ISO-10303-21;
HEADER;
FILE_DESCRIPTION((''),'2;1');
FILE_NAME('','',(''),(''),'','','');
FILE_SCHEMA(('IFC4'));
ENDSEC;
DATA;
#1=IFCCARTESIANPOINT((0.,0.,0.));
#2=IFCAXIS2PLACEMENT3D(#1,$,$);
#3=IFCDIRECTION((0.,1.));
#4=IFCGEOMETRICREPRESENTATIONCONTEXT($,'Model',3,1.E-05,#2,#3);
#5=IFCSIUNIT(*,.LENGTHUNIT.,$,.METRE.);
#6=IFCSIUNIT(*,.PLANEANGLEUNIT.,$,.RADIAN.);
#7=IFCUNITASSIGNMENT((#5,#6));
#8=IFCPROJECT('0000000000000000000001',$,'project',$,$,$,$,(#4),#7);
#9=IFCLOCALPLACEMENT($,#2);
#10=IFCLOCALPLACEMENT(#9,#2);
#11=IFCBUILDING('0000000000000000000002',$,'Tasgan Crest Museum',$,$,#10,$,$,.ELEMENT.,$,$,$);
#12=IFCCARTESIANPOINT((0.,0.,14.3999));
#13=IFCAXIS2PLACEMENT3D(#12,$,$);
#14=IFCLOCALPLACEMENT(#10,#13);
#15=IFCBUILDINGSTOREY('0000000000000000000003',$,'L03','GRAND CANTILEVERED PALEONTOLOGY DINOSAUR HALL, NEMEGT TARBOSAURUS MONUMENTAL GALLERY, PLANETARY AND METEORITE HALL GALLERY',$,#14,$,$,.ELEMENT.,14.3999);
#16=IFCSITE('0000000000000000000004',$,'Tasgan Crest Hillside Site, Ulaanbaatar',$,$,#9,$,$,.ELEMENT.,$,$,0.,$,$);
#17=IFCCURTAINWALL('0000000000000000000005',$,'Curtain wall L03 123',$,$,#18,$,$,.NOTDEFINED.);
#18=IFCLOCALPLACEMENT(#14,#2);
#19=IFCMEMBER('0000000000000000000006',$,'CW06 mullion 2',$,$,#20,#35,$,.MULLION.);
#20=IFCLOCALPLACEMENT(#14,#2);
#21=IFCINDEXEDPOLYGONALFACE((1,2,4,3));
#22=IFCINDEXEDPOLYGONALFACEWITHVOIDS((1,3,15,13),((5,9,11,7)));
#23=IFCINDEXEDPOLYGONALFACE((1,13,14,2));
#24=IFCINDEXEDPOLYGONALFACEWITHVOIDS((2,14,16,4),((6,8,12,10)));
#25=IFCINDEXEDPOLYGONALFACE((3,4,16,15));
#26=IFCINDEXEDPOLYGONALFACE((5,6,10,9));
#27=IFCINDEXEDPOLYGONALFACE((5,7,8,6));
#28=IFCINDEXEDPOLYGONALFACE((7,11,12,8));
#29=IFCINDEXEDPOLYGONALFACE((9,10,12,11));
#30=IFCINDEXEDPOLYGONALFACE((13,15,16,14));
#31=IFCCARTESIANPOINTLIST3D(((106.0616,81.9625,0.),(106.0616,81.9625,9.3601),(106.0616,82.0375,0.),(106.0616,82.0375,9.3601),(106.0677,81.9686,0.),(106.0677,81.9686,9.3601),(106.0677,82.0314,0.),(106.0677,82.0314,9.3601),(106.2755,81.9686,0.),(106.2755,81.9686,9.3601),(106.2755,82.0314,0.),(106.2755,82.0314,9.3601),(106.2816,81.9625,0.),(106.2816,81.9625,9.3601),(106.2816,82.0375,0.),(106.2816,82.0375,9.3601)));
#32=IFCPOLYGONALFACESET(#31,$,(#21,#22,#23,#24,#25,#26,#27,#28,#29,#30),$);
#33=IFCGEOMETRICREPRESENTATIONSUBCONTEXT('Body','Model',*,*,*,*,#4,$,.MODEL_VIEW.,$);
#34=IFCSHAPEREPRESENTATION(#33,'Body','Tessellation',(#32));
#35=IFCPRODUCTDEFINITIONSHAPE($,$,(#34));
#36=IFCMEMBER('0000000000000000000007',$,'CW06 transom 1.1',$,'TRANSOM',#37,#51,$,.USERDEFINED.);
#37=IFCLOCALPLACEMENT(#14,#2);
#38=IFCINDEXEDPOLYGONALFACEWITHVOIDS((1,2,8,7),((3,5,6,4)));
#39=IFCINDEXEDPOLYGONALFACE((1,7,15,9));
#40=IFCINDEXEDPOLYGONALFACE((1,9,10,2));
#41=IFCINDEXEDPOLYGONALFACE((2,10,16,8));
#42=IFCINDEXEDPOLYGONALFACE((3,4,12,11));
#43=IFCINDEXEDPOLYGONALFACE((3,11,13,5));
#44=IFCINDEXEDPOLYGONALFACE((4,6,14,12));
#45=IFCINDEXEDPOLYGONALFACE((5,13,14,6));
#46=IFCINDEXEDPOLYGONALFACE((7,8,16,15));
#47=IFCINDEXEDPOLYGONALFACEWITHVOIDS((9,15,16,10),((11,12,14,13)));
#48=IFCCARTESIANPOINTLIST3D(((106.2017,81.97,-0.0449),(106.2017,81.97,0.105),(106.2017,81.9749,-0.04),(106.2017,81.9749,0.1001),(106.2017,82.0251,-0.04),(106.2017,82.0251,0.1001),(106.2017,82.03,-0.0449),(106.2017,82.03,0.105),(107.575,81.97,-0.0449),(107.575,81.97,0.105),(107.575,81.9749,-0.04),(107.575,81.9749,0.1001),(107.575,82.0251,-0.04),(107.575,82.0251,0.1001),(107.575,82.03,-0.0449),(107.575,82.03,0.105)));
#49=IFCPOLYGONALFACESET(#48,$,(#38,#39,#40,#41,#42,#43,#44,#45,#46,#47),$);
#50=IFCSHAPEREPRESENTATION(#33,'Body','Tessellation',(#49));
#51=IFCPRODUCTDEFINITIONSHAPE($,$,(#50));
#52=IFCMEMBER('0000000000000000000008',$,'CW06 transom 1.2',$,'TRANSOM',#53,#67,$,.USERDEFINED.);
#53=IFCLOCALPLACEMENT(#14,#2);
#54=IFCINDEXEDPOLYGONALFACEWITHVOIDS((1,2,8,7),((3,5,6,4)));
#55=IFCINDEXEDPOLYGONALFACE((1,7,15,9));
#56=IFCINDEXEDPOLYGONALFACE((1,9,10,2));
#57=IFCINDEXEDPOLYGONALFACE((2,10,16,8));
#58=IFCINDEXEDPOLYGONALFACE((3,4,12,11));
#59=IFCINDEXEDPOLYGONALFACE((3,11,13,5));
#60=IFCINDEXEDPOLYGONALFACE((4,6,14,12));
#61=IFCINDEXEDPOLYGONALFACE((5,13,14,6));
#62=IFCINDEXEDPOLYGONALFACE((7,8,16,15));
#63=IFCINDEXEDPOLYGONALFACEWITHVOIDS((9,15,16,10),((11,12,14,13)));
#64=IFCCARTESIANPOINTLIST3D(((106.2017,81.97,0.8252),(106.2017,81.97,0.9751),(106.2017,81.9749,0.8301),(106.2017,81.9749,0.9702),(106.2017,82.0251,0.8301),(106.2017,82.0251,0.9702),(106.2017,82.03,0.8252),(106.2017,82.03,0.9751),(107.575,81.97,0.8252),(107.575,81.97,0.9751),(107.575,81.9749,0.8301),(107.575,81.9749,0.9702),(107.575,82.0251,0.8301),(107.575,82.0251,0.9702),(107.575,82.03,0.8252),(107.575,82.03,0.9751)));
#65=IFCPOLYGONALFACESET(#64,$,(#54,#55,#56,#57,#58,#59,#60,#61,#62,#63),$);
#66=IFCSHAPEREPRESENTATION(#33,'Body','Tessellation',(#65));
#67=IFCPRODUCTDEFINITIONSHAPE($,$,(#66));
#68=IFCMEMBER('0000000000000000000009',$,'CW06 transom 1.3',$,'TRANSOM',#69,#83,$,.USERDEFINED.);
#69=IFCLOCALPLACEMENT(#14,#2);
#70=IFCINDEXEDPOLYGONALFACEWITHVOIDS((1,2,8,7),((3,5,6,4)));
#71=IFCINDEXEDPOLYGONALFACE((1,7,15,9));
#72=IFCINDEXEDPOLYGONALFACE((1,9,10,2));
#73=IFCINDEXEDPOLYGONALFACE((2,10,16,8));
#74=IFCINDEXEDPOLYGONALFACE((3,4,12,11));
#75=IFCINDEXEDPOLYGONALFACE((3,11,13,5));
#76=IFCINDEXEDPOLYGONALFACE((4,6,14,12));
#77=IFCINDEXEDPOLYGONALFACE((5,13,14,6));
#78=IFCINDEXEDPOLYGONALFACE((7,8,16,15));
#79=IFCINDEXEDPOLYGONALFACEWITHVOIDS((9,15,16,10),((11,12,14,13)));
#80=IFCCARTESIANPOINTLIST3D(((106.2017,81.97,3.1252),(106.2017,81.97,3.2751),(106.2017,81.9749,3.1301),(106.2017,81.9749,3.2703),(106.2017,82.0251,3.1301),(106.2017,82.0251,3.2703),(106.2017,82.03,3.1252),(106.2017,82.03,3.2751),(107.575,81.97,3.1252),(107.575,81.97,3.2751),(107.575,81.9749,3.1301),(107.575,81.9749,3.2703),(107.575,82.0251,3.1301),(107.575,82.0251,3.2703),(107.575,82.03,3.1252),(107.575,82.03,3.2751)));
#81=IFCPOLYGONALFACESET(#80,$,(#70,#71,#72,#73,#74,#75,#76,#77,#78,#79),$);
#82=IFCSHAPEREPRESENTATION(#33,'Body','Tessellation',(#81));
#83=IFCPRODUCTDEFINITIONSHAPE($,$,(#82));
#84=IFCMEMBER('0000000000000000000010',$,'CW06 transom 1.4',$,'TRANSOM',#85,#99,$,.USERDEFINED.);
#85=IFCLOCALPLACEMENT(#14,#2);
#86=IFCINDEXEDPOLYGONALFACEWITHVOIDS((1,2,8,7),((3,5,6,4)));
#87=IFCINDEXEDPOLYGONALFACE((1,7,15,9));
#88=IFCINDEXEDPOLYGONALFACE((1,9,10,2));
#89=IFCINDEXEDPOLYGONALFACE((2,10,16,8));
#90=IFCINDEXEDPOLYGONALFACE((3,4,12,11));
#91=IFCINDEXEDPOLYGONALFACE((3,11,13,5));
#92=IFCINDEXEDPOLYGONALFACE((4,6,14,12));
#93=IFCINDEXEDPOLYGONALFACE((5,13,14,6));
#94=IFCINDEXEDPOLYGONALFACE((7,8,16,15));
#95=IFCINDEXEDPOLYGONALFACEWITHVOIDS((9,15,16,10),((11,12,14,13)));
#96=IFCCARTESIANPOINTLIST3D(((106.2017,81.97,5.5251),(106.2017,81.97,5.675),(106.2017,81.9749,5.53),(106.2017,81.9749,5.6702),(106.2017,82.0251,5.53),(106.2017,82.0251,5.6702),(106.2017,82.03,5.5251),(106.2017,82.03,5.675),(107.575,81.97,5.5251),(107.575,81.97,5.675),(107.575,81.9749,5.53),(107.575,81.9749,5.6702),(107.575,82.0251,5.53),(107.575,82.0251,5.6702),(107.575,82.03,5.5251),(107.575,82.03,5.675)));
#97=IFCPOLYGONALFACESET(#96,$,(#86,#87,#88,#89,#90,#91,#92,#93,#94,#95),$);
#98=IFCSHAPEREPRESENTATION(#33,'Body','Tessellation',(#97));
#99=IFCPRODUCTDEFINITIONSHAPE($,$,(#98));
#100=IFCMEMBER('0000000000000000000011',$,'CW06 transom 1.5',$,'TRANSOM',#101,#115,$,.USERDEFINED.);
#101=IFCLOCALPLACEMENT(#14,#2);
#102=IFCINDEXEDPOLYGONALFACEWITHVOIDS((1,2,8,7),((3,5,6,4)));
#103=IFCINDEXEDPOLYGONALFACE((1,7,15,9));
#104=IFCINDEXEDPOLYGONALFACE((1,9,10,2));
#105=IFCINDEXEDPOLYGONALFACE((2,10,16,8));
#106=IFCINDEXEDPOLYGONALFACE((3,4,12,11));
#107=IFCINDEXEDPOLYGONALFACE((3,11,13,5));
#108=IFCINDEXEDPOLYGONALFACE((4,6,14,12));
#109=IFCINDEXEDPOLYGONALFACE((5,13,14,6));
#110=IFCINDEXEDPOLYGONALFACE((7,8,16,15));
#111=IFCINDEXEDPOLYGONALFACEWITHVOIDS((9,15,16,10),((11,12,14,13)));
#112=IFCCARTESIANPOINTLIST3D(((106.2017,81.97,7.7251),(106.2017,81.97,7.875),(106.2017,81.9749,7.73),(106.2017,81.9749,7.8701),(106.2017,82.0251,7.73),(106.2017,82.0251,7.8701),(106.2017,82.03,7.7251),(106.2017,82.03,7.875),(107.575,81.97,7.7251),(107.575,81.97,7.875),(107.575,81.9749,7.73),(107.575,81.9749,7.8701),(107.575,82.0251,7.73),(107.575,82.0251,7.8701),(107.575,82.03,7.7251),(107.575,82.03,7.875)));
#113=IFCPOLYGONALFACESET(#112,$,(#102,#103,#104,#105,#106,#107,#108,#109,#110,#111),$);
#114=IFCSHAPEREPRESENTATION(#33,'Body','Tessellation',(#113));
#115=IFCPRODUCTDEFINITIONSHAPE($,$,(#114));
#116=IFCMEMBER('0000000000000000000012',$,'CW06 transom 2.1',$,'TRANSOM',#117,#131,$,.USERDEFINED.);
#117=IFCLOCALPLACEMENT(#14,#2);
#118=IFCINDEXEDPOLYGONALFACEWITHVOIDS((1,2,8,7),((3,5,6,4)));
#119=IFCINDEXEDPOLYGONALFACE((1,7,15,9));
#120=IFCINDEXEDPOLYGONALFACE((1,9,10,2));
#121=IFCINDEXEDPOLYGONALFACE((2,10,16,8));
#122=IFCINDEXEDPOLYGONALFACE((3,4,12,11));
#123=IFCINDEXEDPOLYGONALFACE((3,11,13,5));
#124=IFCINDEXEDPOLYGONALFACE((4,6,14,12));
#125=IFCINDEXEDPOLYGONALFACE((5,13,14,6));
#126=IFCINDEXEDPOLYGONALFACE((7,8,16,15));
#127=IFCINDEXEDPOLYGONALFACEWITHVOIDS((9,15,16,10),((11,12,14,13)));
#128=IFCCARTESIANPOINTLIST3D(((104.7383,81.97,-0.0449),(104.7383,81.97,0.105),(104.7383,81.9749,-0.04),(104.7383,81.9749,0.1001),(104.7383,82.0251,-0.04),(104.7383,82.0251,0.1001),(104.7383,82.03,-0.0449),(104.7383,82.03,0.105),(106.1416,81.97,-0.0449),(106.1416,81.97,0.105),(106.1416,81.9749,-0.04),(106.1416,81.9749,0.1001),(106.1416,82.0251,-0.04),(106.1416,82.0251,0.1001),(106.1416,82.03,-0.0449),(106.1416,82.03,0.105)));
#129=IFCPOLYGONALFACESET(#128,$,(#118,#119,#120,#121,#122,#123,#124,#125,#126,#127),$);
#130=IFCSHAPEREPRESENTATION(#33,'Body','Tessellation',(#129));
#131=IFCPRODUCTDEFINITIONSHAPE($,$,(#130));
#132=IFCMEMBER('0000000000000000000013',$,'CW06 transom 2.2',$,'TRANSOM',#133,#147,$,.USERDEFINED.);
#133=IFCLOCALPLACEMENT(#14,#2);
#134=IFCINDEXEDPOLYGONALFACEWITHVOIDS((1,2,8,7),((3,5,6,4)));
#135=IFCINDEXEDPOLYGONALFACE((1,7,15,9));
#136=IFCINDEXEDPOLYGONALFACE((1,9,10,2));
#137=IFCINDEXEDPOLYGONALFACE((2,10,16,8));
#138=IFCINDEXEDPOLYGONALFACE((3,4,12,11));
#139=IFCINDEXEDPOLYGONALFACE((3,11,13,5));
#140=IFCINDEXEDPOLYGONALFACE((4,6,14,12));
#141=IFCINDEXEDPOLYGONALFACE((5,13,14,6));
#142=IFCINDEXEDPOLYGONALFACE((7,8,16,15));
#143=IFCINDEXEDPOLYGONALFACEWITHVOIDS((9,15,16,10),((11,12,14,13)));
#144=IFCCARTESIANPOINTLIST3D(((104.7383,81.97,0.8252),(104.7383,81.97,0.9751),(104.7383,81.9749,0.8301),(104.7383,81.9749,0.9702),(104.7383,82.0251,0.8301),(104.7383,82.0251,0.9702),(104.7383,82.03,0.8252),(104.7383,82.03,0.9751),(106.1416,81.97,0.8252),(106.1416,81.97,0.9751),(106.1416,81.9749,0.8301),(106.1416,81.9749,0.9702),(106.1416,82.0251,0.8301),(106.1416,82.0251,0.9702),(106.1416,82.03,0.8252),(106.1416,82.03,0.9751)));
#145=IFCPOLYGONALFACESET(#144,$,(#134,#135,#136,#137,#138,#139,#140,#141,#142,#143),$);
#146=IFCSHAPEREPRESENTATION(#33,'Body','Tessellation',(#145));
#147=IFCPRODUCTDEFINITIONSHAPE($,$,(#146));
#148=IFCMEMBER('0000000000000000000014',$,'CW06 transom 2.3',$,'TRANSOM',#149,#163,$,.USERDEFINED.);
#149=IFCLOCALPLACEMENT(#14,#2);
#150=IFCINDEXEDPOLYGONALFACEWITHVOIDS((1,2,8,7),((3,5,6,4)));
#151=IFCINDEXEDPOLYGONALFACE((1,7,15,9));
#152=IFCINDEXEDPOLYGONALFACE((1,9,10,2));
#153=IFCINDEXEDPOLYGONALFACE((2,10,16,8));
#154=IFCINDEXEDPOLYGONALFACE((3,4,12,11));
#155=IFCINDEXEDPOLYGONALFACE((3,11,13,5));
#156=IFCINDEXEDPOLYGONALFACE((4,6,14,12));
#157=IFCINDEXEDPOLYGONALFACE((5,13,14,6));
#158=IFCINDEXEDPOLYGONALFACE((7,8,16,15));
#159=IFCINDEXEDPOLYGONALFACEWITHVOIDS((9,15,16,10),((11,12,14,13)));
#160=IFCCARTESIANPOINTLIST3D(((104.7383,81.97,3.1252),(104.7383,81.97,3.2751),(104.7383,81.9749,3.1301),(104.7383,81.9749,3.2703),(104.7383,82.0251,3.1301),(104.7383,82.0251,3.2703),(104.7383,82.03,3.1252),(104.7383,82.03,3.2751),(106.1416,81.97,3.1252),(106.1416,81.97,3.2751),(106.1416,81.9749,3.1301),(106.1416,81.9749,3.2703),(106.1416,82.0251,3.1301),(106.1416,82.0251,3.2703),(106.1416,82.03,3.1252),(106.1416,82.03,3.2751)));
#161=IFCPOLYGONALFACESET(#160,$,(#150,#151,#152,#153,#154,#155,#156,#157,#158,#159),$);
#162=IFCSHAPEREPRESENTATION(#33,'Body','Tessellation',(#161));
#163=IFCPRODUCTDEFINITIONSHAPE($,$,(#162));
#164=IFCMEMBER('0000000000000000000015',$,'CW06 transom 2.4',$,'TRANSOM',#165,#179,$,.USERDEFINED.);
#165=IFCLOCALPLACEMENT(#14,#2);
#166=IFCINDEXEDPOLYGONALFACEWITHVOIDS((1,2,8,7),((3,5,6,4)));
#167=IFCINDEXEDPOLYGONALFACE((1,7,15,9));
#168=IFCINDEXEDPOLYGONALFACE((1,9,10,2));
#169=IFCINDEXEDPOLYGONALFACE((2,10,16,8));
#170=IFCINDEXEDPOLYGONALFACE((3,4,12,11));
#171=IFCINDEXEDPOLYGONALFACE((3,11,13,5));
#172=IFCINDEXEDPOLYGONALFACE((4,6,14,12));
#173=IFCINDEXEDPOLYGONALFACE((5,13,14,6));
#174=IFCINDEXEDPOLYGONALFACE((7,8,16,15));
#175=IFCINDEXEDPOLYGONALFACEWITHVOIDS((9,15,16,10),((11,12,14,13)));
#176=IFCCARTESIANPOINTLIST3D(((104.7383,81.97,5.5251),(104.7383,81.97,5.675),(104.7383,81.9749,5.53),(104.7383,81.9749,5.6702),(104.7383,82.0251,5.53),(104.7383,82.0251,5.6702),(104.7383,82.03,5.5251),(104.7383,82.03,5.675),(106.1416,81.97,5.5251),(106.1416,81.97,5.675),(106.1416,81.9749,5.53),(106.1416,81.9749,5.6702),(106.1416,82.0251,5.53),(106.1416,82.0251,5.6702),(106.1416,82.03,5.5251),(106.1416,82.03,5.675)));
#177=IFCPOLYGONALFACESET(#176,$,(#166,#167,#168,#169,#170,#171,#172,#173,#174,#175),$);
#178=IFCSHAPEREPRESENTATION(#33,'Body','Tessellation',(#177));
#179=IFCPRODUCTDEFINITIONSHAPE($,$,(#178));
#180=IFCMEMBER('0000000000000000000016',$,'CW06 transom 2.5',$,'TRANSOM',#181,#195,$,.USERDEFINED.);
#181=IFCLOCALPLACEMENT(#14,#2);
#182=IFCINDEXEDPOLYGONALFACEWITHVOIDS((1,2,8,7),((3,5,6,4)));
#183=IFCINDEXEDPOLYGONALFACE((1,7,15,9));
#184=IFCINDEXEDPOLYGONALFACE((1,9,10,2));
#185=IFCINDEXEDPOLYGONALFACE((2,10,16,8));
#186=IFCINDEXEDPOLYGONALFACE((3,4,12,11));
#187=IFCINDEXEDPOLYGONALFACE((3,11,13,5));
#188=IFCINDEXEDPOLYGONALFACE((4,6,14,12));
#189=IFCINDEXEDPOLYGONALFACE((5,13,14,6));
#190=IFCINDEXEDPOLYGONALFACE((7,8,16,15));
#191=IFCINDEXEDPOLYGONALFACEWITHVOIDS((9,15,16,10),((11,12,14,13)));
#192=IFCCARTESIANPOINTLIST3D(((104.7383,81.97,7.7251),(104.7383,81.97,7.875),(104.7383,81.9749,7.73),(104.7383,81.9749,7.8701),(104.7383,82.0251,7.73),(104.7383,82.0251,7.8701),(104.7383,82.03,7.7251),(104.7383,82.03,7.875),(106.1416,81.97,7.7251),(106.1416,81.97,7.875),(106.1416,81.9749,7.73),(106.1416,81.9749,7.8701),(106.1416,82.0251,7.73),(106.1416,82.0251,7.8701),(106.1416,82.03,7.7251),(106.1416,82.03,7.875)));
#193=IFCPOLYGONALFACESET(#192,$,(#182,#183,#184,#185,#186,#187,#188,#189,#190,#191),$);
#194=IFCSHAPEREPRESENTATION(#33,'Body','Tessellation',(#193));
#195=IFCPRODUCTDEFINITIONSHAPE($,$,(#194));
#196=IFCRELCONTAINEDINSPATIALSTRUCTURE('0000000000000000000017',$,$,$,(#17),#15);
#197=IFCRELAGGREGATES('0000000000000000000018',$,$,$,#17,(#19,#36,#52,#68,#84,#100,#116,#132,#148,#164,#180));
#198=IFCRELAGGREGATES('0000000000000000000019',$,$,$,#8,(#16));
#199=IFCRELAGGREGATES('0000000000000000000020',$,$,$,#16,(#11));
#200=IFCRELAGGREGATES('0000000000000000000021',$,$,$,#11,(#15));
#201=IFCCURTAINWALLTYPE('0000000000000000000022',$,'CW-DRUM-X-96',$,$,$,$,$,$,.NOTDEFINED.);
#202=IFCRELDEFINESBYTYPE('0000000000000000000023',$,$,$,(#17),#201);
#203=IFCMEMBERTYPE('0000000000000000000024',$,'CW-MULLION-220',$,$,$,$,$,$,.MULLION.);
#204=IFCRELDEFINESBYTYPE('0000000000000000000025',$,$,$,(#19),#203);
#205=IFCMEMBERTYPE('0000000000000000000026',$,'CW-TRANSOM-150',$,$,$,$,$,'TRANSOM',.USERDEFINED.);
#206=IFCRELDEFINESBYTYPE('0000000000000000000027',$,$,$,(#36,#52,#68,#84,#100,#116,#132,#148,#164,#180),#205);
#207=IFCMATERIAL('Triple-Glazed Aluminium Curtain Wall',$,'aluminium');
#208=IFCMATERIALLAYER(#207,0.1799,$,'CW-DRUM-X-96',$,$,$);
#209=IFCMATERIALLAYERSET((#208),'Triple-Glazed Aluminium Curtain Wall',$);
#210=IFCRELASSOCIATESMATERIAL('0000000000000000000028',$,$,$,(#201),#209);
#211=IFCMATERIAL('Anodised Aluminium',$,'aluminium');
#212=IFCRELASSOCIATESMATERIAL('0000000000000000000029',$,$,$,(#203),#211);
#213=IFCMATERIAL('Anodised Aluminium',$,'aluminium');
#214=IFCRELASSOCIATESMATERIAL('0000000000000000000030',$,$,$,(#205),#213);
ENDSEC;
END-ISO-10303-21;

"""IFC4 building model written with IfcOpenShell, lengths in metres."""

from ifc_helpers import new_model, si_unit, direction, frame, origin, origin_2d, place, context, subcontext, project, spatial, hollow_rectangle, extrude, material, layer, layer_set, material_profile, profile_set, type_object, element, aggregate, save


model = new_model("IFC4")

# Units and contexts
model_context = context("Model", 3, precision=1e-05, world=origin(), true_north=direction((0.0, 1.0)))
body_context = subcontext(model_context, "Body", "Model", "MODEL_VIEW")
ifc_project = project(units=[si_unit("LENGTHUNIT", "METRE"), si_unit("PLANEANGLEUNIT", "RADIAN")], contexts=[model_context])

# Site, building, storey
site_placement = place(None, origin())
site = spatial("IfcSite", under=ifc_project, at=site_placement, Name="Tasgan Crest Hillside Site, Ulaanbaatar", CompositionType="ELEMENT", RefElevation=0.0)
building_placement = place(site_placement, origin())
building = spatial("IfcBuilding", under=site, at=building_placement, Name="Tasgan Crest Museum", CompositionType="ELEMENT")
storey_placement = place(building_placement, frame((0.0, 0.0, 14.3999)))
storey = spatial("IfcBuildingStorey", under=building, at=storey_placement, Name="L03", Description="GRAND CANTILEVERED PALEONTOLOGY DINOSAUR HALL, NEMEGT TARBOSAURUS MONUMENTAL GALLERY, PLANETARY AND METEORITE HALL GALLERY", CompositionType="ELEMENT", Elevation=14.3999)

# Curtain wall, members
ifc_material_1 = material(Name="Triple-Glazed Aluminium Curtain Wall", Category="aluminium")
ifc_layer_1 = layer(ifc_material_1, 0.1799, Name="CW-DRUM-X-96")
ifc_layer_set_1 = layer_set([ifc_layer_1], Name="Triple-Glazed Aluminium Curtain Wall")
curtain_wall_type = type_object("IfcCurtainWallType", Name="CW-DRUM-X-96", PredefinedType="NOTDEFINED", material=ifc_layer_set_1)
curtain_wall_placement = place(storey_placement, origin())
curtain_wall = element("IfcCurtainWall", 1, at=curtain_wall_placement, inside=storey, type_object=curtain_wall_type, Name="Curtain wall L03 123", PredefinedType="NOTDEFINED")
ifc_material_2 = material(Name="Anodised Aluminium", Category="aluminium")
ifc_material_profile_1 = material_profile(ifc_material_2, hollow_rectangle(XDim=0.075, YDim=0.22, WallThickness=0.0061, at=origin_2d()), Name="ALU MULLION 220x75x6")
ifc_profile_set_1 = profile_set([ifc_material_profile_1], Name="Anodised Aluminium")
member_type_1 = type_object("IfcMemberType", Name="CW-MULLION-220", PredefinedType="MULLION", material=ifc_profile_set_1)
member_1_placement = place(storey_placement, frame((106.1716, 82.0, 0.0), z_axis=(0.0, 0.0, 1.0), x_axis=(0.0, -1.0, 0.0)))
member_1 = element("IfcMember", 2, at=member_1_placement, type_object=member_type_1, Name="CW06 mullion 2", PredefinedType="MULLION", context=body_context, shape_type="SweptSolid", body=[
    extrude(hollow_rectangle(XDim=0.075, YDim=0.22, WallThickness=0.0061, at=origin_2d()), origin(), (0.0, 0.0, 1.0), 9.3601),
])
ifc_material_3 = material(Name="Anodised Aluminium", Category="aluminium")
ifc_material_profile_2 = material_profile(ifc_material_3, hollow_rectangle(XDim=0.0601, YDim=0.1499, WallThickness=0.0049, at=origin_2d()), Name="ALU TRANSOM 150x60x5")
ifc_profile_set_2 = profile_set([ifc_material_profile_2], Name="Anodised Aluminium")
member_type_2 = type_object("IfcMemberType", Name="CW-TRANSOM-150", ElementType="TRANSOM", PredefinedType="USERDEFINED", material=ifc_profile_set_2)
member_2_placement = place(storey_placement, frame((107.575, 82.0, 0.03), z_axis=(-1.0, 0.0, 0.0), x_axis=(0.0, -1.0, 0.0)))
member_2 = element("IfcMember", 3, at=member_2_placement, type_object=member_type_2, Name="CW06 transom 1.1", ObjectType="TRANSOM", PredefinedType="USERDEFINED", context=body_context, shape_type="SweptSolid", body=[
    extrude(hollow_rectangle(XDim=0.0601, YDim=0.1499, WallThickness=0.0049, at=origin_2d()), origin(), (0.0, 0.0, 1.0), 1.3733),
])
member_3_placement = place(storey_placement, frame((107.575, 82.0, 0.9001), z_axis=(-1.0, 0.0, 0.0), x_axis=(0.0, -1.0, 0.0)))
member_3 = element("IfcMember", 4, at=member_3_placement, type_object=member_type_2, Name="CW06 transom 1.2", ObjectType="TRANSOM", PredefinedType="USERDEFINED", context=body_context, shape_type="SweptSolid", body=[
    extrude(hollow_rectangle(XDim=0.0601, YDim=0.1499, WallThickness=0.0049, at=origin_2d()), origin(), (0.0, 0.0, 1.0), 1.3733),
])
member_4_placement = place(storey_placement, frame((107.575, 82.0, 3.2002), z_axis=(-1.0, 0.0, 0.0), x_axis=(0.0, -1.0, 0.0)))
member_4 = element("IfcMember", 5, at=member_4_placement, type_object=member_type_2, Name="CW06 transom 1.3", ObjectType="TRANSOM", PredefinedType="USERDEFINED", context=body_context, shape_type="SweptSolid", body=[
    extrude(hollow_rectangle(XDim=0.0601, YDim=0.1499, WallThickness=0.0049, at=origin_2d()), origin(), (0.0, 0.0, 1.0), 1.3733),
])
member_5_placement = place(storey_placement, frame((107.575, 82.0, 5.6001), z_axis=(-1.0, 0.0, 0.0), x_axis=(0.0, -1.0, 0.0)))
member_5 = element("IfcMember", 6, at=member_5_placement, type_object=member_type_2, Name="CW06 transom 1.4", ObjectType="TRANSOM", PredefinedType="USERDEFINED", context=body_context, shape_type="SweptSolid", body=[
    extrude(hollow_rectangle(XDim=0.0601, YDim=0.1499, WallThickness=0.0049, at=origin_2d()), origin(), (0.0, 0.0, 1.0), 1.3733),
])
member_6_placement = place(storey_placement, frame((107.575, 82.0, 7.8), z_axis=(-1.0, 0.0, 0.0), x_axis=(0.0, -1.0, 0.0)))
member_6 = element("IfcMember", 7, at=member_6_placement, type_object=member_type_2, Name="CW06 transom 1.5", ObjectType="TRANSOM", PredefinedType="USERDEFINED", context=body_context, shape_type="SweptSolid", body=[
    extrude(hollow_rectangle(XDim=0.0601, YDim=0.1499, WallThickness=0.0049, at=origin_2d()), origin(), (0.0, 0.0, 1.0), 1.3733),
])
member_7_placement = place(storey_placement, frame((106.1416, 82.0, 0.03), z_axis=(-1.0, 0.0, 0.0), x_axis=(0.0, -1.0, 0.0)))
member_7 = element("IfcMember", 8, at=member_7_placement, type_object=member_type_2, Name="CW06 transom 2.1", ObjectType="TRANSOM", PredefinedType="USERDEFINED", context=body_context, shape_type="SweptSolid", body=[
    extrude(hollow_rectangle(XDim=0.0601, YDim=0.1499, WallThickness=0.0049, at=origin_2d()), origin(), (0.0, 0.0, 1.0), 1.4033),
])
member_8_placement = place(storey_placement, frame((106.1416, 82.0, 0.9001), z_axis=(-1.0, 0.0, 0.0), x_axis=(0.0, -1.0, 0.0)))
member_8 = element("IfcMember", 9, at=member_8_placement, type_object=member_type_2, Name="CW06 transom 2.2", ObjectType="TRANSOM", PredefinedType="USERDEFINED", context=body_context, shape_type="SweptSolid", body=[
    extrude(hollow_rectangle(XDim=0.0601, YDim=0.1499, WallThickness=0.0049, at=origin_2d()), origin(), (0.0, 0.0, 1.0), 1.4033),
])
member_9_placement = place(storey_placement, frame((106.1416, 82.0, 3.2002), z_axis=(-1.0, 0.0, 0.0), x_axis=(0.0, -1.0, 0.0)))
member_9 = element("IfcMember", 10, at=member_9_placement, type_object=member_type_2, Name="CW06 transom 2.3", ObjectType="TRANSOM", PredefinedType="USERDEFINED", context=body_context, shape_type="SweptSolid", body=[
    extrude(hollow_rectangle(XDim=0.0601, YDim=0.1499, WallThickness=0.0049, at=origin_2d()), origin(), (0.0, 0.0, 1.0), 1.4033),
])
member_10_placement = place(storey_placement, frame((106.1416, 82.0, 5.6001), z_axis=(-1.0, 0.0, 0.0), x_axis=(0.0, -1.0, 0.0)))
member_10 = element("IfcMember", 11, at=member_10_placement, type_object=member_type_2, Name="CW06 transom 2.4", ObjectType="TRANSOM", PredefinedType="USERDEFINED", context=body_context, shape_type="SweptSolid", body=[
    extrude(hollow_rectangle(XDim=0.0601, YDim=0.1499, WallThickness=0.0049, at=origin_2d()), origin(), (0.0, 0.0, 1.0), 1.4033),
])
member_11_placement = place(storey_placement, frame((106.1416, 82.0, 7.8), z_axis=(-1.0, 0.0, 0.0), x_axis=(0.0, -1.0, 0.0)))
member_11 = element("IfcMember", 12, at=member_11_placement, type_object=member_type_2, Name="CW06 transom 2.5", ObjectType="TRANSOM", PredefinedType="USERDEFINED", context=body_context, shape_type="SweptSolid", body=[
    extrude(hollow_rectangle(XDim=0.0601, YDim=0.1499, WallThickness=0.0049, at=origin_2d()), origin(), (0.0, 0.0, 1.0), 1.4033),
])
aggregate(curtain_wall, [member_1, member_2, member_3, member_4, member_5, member_6, member_7, member_8, member_9, member_10, member_11])

save(model, "model.ifc")
